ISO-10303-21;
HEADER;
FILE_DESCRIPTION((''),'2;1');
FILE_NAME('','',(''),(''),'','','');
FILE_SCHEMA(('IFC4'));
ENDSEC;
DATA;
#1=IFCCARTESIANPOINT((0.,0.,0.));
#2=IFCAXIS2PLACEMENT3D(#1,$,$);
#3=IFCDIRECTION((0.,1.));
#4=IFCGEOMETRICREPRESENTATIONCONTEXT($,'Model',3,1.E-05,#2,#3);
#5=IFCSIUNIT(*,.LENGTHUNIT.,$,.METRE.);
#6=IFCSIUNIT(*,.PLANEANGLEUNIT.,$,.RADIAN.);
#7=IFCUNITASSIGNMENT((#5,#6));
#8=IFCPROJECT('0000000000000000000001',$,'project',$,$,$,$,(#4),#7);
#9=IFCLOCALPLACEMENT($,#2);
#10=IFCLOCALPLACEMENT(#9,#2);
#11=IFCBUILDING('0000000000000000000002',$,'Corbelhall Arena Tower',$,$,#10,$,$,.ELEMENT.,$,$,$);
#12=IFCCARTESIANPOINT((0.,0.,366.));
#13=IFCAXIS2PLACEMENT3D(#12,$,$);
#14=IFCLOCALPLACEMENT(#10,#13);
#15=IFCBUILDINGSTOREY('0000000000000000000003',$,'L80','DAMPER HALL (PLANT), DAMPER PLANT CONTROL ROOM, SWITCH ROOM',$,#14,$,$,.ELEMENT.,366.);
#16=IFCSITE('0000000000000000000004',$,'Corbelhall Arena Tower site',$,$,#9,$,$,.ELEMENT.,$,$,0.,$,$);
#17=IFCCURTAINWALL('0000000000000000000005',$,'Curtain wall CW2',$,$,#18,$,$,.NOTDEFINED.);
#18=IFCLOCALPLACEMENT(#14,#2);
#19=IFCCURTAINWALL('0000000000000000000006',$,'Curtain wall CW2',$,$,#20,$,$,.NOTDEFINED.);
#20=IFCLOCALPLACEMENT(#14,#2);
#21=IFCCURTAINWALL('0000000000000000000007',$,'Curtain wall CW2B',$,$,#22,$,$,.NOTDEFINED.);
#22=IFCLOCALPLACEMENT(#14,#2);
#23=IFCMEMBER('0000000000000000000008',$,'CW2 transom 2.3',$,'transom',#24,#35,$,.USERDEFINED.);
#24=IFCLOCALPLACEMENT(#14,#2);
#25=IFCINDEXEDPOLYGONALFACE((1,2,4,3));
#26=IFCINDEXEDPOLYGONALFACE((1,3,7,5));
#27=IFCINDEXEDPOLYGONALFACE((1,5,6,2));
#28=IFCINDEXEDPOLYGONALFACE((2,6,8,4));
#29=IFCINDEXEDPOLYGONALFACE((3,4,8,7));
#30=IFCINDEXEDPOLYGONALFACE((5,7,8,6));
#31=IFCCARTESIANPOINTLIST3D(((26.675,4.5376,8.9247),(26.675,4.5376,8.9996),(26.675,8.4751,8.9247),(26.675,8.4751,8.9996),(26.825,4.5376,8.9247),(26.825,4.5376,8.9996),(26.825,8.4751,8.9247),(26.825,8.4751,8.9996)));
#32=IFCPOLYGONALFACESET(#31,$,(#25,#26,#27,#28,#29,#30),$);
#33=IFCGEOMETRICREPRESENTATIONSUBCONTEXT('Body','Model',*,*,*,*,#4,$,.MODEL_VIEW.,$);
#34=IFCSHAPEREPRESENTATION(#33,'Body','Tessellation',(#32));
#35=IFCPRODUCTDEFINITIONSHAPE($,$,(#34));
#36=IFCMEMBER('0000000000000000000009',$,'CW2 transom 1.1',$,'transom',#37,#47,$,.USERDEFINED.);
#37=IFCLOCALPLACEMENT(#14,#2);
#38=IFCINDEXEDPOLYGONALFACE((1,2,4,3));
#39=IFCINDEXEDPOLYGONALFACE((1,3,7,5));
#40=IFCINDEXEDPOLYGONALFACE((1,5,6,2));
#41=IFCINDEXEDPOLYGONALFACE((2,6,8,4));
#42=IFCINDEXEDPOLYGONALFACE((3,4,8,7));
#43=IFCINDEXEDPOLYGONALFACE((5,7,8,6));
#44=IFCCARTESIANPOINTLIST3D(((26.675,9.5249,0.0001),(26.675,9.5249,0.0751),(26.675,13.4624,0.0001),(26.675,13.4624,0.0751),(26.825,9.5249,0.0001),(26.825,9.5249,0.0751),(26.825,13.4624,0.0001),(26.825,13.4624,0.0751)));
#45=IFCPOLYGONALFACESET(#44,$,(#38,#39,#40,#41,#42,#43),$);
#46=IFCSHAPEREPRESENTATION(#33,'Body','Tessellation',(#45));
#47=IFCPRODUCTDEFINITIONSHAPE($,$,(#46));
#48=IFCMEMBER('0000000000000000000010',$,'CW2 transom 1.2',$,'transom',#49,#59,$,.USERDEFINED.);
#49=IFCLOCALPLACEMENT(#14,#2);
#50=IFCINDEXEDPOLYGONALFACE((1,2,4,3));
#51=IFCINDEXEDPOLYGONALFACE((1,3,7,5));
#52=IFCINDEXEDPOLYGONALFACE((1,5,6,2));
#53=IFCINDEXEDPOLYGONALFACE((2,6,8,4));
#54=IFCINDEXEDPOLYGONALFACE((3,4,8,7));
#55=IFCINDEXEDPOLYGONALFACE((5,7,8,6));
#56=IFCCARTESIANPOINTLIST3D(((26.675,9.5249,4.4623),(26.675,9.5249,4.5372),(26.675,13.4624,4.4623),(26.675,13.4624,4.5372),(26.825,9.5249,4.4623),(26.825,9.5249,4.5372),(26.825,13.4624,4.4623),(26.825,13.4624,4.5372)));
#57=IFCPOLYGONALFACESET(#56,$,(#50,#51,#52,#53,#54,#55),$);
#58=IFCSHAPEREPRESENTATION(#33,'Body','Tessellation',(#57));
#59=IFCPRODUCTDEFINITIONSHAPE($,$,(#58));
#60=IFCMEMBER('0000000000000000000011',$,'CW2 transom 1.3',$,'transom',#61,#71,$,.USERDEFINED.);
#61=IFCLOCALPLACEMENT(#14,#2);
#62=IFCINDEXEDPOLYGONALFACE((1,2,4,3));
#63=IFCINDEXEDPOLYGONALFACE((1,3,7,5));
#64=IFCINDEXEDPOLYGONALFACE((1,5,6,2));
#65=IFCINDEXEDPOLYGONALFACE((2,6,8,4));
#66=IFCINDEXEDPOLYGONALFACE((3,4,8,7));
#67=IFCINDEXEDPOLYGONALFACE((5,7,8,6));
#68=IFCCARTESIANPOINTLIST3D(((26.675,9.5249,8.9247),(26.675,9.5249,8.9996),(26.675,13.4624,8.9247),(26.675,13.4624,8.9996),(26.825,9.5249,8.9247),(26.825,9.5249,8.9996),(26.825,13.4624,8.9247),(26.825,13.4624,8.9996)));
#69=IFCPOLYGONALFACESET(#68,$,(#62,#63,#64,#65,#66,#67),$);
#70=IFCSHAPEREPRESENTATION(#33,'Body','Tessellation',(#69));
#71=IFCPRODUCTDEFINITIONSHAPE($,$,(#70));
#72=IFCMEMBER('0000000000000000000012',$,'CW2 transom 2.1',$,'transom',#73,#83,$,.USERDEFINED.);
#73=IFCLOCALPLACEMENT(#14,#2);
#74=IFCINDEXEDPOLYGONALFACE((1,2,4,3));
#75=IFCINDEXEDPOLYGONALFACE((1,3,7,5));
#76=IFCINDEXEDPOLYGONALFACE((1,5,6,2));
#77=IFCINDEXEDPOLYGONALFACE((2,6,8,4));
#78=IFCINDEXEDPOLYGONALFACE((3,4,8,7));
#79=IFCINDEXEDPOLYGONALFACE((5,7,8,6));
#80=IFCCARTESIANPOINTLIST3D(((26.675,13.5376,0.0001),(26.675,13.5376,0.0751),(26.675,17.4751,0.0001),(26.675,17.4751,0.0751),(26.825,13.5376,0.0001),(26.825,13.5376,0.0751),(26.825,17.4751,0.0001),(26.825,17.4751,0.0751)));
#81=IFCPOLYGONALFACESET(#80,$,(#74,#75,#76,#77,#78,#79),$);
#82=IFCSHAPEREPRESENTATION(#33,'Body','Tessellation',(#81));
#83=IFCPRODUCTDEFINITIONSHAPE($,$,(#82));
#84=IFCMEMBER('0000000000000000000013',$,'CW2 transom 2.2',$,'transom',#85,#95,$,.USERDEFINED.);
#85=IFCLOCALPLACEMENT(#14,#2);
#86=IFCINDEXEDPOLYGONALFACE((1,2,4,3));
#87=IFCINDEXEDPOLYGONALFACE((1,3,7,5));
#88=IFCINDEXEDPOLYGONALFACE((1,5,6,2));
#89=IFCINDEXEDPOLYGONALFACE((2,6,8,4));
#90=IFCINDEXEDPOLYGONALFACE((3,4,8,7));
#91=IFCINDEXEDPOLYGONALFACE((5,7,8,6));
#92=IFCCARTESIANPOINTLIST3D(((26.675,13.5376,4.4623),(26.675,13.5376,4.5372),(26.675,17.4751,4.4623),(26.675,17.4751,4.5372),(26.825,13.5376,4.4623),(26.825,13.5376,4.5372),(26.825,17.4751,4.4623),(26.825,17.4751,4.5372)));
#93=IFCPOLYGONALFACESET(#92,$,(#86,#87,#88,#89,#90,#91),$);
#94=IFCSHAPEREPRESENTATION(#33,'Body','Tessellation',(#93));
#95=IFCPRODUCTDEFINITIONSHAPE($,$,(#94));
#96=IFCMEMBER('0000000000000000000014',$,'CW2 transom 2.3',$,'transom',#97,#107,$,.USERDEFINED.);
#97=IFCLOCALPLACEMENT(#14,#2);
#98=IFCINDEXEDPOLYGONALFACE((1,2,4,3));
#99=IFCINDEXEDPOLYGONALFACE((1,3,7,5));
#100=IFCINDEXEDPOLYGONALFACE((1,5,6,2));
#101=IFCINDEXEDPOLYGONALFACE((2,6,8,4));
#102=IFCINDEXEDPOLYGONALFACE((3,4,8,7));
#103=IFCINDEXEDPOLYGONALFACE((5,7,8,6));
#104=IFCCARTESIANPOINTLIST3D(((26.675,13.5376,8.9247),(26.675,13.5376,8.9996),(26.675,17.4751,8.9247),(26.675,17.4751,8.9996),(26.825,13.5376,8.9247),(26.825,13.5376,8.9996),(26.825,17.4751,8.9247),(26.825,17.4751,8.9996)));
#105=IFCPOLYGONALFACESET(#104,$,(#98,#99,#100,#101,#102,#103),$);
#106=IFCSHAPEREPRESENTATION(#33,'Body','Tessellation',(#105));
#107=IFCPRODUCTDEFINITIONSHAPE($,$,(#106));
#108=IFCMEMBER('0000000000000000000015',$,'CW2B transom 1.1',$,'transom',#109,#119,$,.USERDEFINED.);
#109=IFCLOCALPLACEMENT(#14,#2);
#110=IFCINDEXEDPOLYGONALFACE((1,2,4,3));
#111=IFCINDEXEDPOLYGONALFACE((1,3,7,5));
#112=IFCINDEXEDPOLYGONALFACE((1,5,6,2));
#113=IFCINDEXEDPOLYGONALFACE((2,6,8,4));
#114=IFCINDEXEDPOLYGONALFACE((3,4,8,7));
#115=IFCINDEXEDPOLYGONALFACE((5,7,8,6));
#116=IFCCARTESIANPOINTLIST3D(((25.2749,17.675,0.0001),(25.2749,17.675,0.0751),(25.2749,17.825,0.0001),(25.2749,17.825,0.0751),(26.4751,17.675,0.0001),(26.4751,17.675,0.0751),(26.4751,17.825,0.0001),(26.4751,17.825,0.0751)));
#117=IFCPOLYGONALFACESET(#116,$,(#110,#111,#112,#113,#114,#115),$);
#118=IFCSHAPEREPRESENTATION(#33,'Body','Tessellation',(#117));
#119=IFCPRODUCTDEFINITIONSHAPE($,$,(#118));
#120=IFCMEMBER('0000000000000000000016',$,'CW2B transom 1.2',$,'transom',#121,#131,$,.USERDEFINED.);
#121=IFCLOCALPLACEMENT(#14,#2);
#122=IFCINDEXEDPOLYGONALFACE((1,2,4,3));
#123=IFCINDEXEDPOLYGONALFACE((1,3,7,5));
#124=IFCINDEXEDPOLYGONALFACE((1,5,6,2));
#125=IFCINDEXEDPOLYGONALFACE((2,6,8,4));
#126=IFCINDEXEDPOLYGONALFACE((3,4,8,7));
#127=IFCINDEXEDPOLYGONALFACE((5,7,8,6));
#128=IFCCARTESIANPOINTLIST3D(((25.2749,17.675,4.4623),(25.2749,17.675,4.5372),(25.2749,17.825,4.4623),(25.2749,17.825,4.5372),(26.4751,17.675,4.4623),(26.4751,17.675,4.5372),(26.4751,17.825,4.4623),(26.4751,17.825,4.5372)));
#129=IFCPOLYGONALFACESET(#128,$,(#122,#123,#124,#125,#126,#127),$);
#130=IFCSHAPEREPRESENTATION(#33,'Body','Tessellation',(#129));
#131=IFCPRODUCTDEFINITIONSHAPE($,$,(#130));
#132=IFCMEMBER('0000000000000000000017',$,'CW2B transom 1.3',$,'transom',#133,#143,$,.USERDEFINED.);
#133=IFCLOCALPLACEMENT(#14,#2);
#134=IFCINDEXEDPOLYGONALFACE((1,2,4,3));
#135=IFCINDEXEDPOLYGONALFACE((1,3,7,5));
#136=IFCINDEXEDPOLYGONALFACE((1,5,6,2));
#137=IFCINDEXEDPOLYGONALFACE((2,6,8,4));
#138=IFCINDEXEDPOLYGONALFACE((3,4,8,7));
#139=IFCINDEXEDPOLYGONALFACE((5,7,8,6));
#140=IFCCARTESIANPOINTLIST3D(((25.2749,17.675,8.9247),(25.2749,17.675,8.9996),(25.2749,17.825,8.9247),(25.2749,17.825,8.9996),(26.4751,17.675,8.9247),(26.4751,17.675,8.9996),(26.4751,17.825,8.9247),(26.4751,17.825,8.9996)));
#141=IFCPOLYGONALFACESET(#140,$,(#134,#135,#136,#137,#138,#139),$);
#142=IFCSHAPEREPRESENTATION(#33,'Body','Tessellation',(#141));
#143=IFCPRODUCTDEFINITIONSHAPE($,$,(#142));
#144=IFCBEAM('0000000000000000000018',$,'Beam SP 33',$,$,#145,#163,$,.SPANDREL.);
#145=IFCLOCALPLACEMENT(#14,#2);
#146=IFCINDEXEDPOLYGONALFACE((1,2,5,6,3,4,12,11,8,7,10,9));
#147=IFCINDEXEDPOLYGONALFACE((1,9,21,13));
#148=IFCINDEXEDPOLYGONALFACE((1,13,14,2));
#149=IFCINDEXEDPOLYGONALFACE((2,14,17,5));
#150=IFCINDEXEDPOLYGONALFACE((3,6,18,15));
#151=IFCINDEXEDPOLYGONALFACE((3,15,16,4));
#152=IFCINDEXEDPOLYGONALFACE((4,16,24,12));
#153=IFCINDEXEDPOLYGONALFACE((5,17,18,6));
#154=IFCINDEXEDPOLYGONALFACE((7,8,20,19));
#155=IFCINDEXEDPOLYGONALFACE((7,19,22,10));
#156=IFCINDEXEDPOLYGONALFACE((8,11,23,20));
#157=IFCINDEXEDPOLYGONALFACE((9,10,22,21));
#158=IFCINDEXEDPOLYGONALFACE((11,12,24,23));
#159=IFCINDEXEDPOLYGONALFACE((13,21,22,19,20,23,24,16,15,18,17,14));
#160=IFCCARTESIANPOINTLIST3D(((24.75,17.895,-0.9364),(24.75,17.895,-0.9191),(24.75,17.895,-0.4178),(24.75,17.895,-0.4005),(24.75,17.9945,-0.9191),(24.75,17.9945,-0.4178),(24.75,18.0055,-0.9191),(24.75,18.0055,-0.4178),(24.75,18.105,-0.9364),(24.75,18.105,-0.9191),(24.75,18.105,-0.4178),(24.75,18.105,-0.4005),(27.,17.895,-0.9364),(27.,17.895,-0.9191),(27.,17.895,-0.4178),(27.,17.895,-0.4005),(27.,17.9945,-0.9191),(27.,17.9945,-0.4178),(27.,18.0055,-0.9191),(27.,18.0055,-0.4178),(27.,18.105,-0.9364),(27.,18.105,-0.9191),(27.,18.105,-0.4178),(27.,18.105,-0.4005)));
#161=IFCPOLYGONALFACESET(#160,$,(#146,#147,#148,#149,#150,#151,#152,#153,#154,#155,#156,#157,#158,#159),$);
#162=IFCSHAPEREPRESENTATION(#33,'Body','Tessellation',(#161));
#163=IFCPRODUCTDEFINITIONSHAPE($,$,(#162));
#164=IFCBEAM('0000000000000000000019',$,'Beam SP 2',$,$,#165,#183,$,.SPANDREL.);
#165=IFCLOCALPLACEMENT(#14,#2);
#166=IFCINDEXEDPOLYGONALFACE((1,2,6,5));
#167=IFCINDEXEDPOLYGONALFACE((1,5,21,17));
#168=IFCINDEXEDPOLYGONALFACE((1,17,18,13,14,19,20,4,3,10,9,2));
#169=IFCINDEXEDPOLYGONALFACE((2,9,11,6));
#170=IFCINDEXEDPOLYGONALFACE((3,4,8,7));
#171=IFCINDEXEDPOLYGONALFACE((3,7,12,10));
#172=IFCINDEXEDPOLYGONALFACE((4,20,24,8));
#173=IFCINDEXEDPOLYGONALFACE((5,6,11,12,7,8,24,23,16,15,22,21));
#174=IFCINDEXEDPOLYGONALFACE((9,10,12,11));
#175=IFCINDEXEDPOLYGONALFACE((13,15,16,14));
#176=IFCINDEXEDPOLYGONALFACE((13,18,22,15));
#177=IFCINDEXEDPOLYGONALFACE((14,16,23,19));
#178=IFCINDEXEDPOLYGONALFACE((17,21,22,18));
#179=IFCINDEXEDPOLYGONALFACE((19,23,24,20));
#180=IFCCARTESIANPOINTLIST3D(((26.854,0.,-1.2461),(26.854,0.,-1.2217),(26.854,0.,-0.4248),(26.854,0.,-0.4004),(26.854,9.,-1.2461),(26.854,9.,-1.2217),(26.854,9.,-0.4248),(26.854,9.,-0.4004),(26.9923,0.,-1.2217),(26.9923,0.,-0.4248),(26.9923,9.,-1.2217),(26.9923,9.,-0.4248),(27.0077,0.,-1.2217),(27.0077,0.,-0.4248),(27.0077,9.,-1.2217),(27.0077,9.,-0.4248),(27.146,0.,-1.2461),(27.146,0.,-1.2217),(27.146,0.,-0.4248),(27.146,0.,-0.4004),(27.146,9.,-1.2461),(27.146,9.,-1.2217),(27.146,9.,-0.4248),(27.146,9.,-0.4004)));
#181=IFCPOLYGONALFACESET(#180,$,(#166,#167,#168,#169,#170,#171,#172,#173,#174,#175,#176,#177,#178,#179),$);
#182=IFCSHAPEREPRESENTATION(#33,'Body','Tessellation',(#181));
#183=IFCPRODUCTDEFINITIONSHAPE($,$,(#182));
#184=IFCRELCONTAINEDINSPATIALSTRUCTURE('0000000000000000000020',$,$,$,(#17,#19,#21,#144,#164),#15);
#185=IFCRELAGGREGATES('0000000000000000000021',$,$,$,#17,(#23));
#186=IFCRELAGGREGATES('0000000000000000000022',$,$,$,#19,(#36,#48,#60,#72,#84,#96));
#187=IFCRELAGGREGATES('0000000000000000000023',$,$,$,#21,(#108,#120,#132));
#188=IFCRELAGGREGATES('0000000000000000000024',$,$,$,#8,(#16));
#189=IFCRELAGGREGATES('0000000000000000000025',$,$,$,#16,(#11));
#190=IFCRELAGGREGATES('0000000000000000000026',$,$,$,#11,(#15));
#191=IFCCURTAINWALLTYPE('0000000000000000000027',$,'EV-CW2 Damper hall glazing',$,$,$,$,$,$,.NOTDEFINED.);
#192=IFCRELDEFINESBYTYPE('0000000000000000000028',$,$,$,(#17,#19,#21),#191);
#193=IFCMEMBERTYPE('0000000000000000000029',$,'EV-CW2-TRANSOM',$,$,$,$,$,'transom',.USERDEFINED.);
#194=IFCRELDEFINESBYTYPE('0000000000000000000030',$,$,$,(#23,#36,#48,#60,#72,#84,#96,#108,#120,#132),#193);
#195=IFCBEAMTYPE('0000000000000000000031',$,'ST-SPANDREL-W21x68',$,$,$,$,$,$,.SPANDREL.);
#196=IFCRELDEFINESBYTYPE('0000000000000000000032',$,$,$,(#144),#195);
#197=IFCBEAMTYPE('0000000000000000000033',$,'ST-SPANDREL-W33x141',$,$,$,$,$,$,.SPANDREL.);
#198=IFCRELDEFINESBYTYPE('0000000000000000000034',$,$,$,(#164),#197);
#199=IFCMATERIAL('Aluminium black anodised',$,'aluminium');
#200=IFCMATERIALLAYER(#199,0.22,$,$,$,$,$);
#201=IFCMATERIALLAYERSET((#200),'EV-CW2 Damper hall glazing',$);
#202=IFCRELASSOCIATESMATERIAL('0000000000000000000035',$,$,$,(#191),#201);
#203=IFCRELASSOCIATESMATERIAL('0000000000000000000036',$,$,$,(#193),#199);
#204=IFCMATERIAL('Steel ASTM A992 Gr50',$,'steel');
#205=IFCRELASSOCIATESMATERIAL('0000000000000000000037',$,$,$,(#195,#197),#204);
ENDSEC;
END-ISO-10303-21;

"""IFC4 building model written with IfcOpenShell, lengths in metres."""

from ifc_helpers import new_model, si_unit, direction, frame, origin, origin_2d, place, context, subcontext, project, spatial, rectangle, i_section, extrude, material, layer, layer_set, material_profile, profile_set, type_object, element, aggregate, save


model = new_model("IFC4")

# Units and contexts
model_context = context("Model", 3, precision=1e-05, world=origin(), true_north=direction((0.0, 1.0)))
body_context = subcontext(model_context, "Body", "Model", "MODEL_VIEW")
ifc_project = project(units=[si_unit("LENGTHUNIT", "METRE"), si_unit("PLANEANGLEUNIT", "RADIAN")], contexts=[model_context])

# Site, building, storey
site_placement = place(None, origin())
site = spatial("IfcSite", under=ifc_project, at=site_placement, Name="Corbelhall Arena Tower site", CompositionType="ELEMENT", RefElevation=0.0)
building_placement = place(site_placement, origin())
building = spatial("IfcBuilding", under=site, at=building_placement, Name="Corbelhall Arena Tower", CompositionType="ELEMENT")
storey_placement = place(building_placement, frame((0.0, 0.0, 366.0)))
storey = spatial("IfcBuildingStorey", under=building, at=storey_placement, Name="L80", Description="DAMPER HALL (PLANT), DAMPER PLANT CONTROL ROOM, SWITCH ROOM", CompositionType="ELEMENT", Elevation=366.0)

# Curtain walls
ifc_material_1 = material(Name="Aluminium black anodised", Category="aluminium")
ifc_layer_1 = layer(ifc_material_1, 0.22)
ifc_layer_set_1 = layer_set([ifc_layer_1], Name="EV-CW2 Damper hall glazing")
curtain_wall_type = type_object("IfcCurtainWallType", Name="EV-CW2 Damper hall glazing", PredefinedType="NOTDEFINED", material=ifc_layer_set_1)
curtain_wall_1_placement = place(storey_placement, origin())
curtain_wall_1 = element("IfcCurtainWall", 1, at=curtain_wall_1_placement, inside=storey, type_object=curtain_wall_type, Name="Curtain wall CW2", PredefinedType="NOTDEFINED")
curtain_wall_2_placement = place(storey_placement, origin())
curtain_wall_2 = element("IfcCurtainWall", 2, at=curtain_wall_2_placement, inside=storey, type_object=curtain_wall_type, Name="Curtain wall CW2", PredefinedType="NOTDEFINED")
curtain_wall_3_placement = place(storey_placement, origin())
curtain_wall_3 = element("IfcCurtainWall", 3, at=curtain_wall_3_placement, inside=storey, type_object=curtain_wall_type, Name="Curtain wall CW2B", PredefinedType="NOTDEFINED")

# Members
ifc_material_profile_1 = material_profile(ifc_material_1, rectangle(XDim=0.1499, YDim=0.075, at=origin_2d()))
ifc_profile_set_1 = profile_set([ifc_material_profile_1], Name="Aluminium black anodised")
member_type_1 = type_object("IfcMemberType", Name="EV-CW2-TRANSOM", ElementType="transom", PredefinedType="USERDEFINED", material=ifc_profile_set_1)
member_1_placement = place(storey_placement, frame((26.75, 4.5376, 8.9622), z_axis=(0.0, 1.0, 0.0), x_axis=(-1.0, 0.0, 0.0)))
member_1 = element("IfcMember", 4, at=member_1_placement, type_object=member_type_1, Name="CW2 transom 2.3", ObjectType="transom", PredefinedType="USERDEFINED", context=body_context, shape_type="SweptSolid", body=[
    extrude(rectangle(XDim=0.1499, YDim=0.075, at=origin_2d()), origin(), (0.0, 0.0, 1.0), 3.9375),
])
member_2_placement = place(storey_placement, frame((26.75, 9.5249, 0.0376), z_axis=(0.0, 1.0, 0.0), x_axis=(-1.0, 0.0, 0.0)))
member_2 = element("IfcMember", 5, at=member_2_placement, type_object=member_type_1, Name="CW2 transom 1.1", ObjectType="transom", PredefinedType="USERDEFINED", context=body_context, shape_type="SweptSolid", body=[
    extrude(rectangle(XDim=0.1499, YDim=0.075, at=origin_2d()), origin(), (0.0, 0.0, 1.0), 3.9375),
])
member_3_placement = place(storey_placement, frame((26.75, 9.5249, 4.4998), z_axis=(0.0, 1.0, 0.0), x_axis=(-1.0, 0.0, 0.0)))
member_3 = element("IfcMember", 6, at=member_3_placement, type_object=member_type_1, Name="CW2 transom 1.2", ObjectType="transom", PredefinedType="USERDEFINED", context=body_context, shape_type="SweptSolid", body=[
    extrude(rectangle(XDim=0.1499, YDim=0.075, at=origin_2d()), origin(), (0.0, 0.0, 1.0), 3.9375),
])
member_4_placement = place(storey_placement, frame((26.75, 9.5249, 8.9622), z_axis=(0.0, 1.0, 0.0), x_axis=(-1.0, 0.0, 0.0)))
member_4 = element("IfcMember", 7, at=member_4_placement, type_object=member_type_1, Name="CW2 transom 1.3", ObjectType="transom", PredefinedType="USERDEFINED", context=body_context, shape_type="SweptSolid", body=[
    extrude(rectangle(XDim=0.1499, YDim=0.075, at=origin_2d()), origin(), (0.0, 0.0, 1.0), 3.9375),
])
member_5_placement = place(storey_placement, frame((26.75, 13.5376, 0.0376), z_axis=(0.0, 1.0, 0.0), x_axis=(-1.0, 0.0, 0.0)))
member_5 = element("IfcMember", 8, at=member_5_placement, type_object=member_type_1, Name="CW2 transom 2.1", ObjectType="transom", PredefinedType="USERDEFINED", context=body_context, shape_type="SweptSolid", body=[
    extrude(rectangle(XDim=0.1499, YDim=0.075, at=origin_2d()), origin(), (0.0, 0.0, 1.0), 3.9375),
])
member_6_placement = place(storey_placement, frame((26.75, 13.5376, 4.4998), z_axis=(0.0, 1.0, 0.0), x_axis=(-1.0, 0.0, 0.0)))
member_6 = element("IfcMember", 9, at=member_6_placement, type_object=member_type_1, Name="CW2 transom 2.2", ObjectType="transom", PredefinedType="USERDEFINED", context=body_context, shape_type="SweptSolid", body=[
    extrude(rectangle(XDim=0.1499, YDim=0.075, at=origin_2d()), origin(), (0.0, 0.0, 1.0), 3.9375),
])
member_7_placement = place(storey_placement, frame((26.75, 13.5376, 8.9622), z_axis=(0.0, 1.0, 0.0), x_axis=(-1.0, 0.0, 0.0)))
member_7 = element("IfcMember", 10, at=member_7_placement, type_object=member_type_1, Name="CW2 transom 2.3", ObjectType="transom", PredefinedType="USERDEFINED", context=body_context, shape_type="SweptSolid", body=[
    extrude(rectangle(XDim=0.1499, YDim=0.075, at=origin_2d()), origin(), (0.0, 0.0, 1.0), 3.9375),
])
member_8_placement = place(storey_placement, frame((26.4751, 17.75, 0.0376), z_axis=(-1.0, 0.0, 0.0), x_axis=(0.0, -1.0, 0.0)))
member_8 = element("IfcMember", 11, at=member_8_placement, type_object=member_type_1, Name="CW2B transom 1.1", ObjectType="transom", PredefinedType="USERDEFINED", context=body_context, shape_type="SweptSolid", body=[
    extrude(rectangle(XDim=0.1499, YDim=0.075, at=origin_2d()), origin(), (0.0, 0.0, 1.0), 1.2002),
])
member_9_placement = place(storey_placement, frame((26.4751, 17.75, 4.4998), z_axis=(-1.0, 0.0, 0.0), x_axis=(0.0, -1.0, 0.0)))
member_9 = element("IfcMember", 12, at=member_9_placement, type_object=member_type_1, Name="CW2B transom 1.2", ObjectType="transom", PredefinedType="USERDEFINED", context=body_context, shape_type="SweptSolid", body=[
    extrude(rectangle(XDim=0.1499, YDim=0.075, at=origin_2d()), origin(), (0.0, 0.0, 1.0), 1.2002),
])
member_10_placement = place(storey_placement, frame((26.4751, 17.75, 8.9622), z_axis=(-1.0, 0.0, 0.0), x_axis=(0.0, -1.0, 0.0)))
member_10 = element("IfcMember", 13, at=member_10_placement, type_object=member_type_1, Name="CW2B transom 1.3", ObjectType="transom", PredefinedType="USERDEFINED", context=body_context, shape_type="SweptSolid", body=[
    extrude(rectangle(XDim=0.1499, YDim=0.075, at=origin_2d()), origin(), (0.0, 0.0, 1.0), 1.2002),
])

# Beams
ifc_material_2 = material(Name="Steel ASTM A992 Gr50", Category="steel")
ifc_material_profile_2 = material_profile(ifc_material_2, i_section(OverallWidth=0.21, OverallDepth=0.5359, WebThickness=0.011, FlangeThickness=0.0173, at=origin_2d()))
ifc_profile_set_2 = profile_set([ifc_material_profile_2], Name="Steel ASTM A992 Gr50")
beam_type_1 = type_object("IfcBeamType", Name="ST-SPANDREL-W21x68", PredefinedType="SPANDREL", material=ifc_profile_set_2)
beam_placement = place(storey_placement, frame((24.75, 18.0, -0.6685), z_axis=(1.0, 0.0, 0.0), x_axis=(0.0, 1.0, 0.0)))
element("IfcBeam", 14, at=beam_placement, inside=storey, type_object=beam_type_1, Name="Beam SP 33", PredefinedType="SPANDREL", context=body_context, shape_type="SweptSolid", body=[
    extrude(i_section(OverallWidth=0.21, OverallDepth=0.5359, WebThickness=0.011, FlangeThickness=0.0173, at=origin_2d()), origin(), (0.0, 0.0, 1.0), 2.25),
])
ifc_material_profile_3 = material_profile(ifc_material_2, i_section(OverallWidth=0.292, OverallDepth=0.8457, WebThickness=0.0154, FlangeThickness=0.0244, at=origin_2d()))
ifc_profile_set_3 = profile_set([ifc_material_profile_3], Name="Steel ASTM A992 Gr50")
beam_type_2 = type_object("IfcBeamType", Name="ST-SPANDREL-W33x141", PredefinedType="SPANDREL", material=ifc_profile_set_3)
for number, where, z_axis, x_axis, name in (
    (15, (27.0, 9.0, -0.8232), (0.0, -1.0, 0.0), (1.0, 0.0, 0.0), "Beam SP 2"),
):
    element("IfcBeam", number, at=place(storey_placement, frame(where, z_axis=z_axis, x_axis=x_axis)), inside=storey, type_object=beam_type_2, Name=name, PredefinedType="SPANDREL", context=body_context, shape_type="SweptSolid", body=[
        extrude(i_section(OverallWidth=0.292, OverallDepth=0.8457, WebThickness=0.0154, FlangeThickness=0.0244, at=origin_2d()), origin(), (0.0, 0.0, 1.0), 9.0),
    ])

aggregate(curtain_wall_1, [member_1])
aggregate(curtain_wall_2, [member_2, member_3, member_4, member_5, member_6, member_7])
aggregate(curtain_wall_3, [member_8, member_9, member_10])

save(model, "model.ifc")
